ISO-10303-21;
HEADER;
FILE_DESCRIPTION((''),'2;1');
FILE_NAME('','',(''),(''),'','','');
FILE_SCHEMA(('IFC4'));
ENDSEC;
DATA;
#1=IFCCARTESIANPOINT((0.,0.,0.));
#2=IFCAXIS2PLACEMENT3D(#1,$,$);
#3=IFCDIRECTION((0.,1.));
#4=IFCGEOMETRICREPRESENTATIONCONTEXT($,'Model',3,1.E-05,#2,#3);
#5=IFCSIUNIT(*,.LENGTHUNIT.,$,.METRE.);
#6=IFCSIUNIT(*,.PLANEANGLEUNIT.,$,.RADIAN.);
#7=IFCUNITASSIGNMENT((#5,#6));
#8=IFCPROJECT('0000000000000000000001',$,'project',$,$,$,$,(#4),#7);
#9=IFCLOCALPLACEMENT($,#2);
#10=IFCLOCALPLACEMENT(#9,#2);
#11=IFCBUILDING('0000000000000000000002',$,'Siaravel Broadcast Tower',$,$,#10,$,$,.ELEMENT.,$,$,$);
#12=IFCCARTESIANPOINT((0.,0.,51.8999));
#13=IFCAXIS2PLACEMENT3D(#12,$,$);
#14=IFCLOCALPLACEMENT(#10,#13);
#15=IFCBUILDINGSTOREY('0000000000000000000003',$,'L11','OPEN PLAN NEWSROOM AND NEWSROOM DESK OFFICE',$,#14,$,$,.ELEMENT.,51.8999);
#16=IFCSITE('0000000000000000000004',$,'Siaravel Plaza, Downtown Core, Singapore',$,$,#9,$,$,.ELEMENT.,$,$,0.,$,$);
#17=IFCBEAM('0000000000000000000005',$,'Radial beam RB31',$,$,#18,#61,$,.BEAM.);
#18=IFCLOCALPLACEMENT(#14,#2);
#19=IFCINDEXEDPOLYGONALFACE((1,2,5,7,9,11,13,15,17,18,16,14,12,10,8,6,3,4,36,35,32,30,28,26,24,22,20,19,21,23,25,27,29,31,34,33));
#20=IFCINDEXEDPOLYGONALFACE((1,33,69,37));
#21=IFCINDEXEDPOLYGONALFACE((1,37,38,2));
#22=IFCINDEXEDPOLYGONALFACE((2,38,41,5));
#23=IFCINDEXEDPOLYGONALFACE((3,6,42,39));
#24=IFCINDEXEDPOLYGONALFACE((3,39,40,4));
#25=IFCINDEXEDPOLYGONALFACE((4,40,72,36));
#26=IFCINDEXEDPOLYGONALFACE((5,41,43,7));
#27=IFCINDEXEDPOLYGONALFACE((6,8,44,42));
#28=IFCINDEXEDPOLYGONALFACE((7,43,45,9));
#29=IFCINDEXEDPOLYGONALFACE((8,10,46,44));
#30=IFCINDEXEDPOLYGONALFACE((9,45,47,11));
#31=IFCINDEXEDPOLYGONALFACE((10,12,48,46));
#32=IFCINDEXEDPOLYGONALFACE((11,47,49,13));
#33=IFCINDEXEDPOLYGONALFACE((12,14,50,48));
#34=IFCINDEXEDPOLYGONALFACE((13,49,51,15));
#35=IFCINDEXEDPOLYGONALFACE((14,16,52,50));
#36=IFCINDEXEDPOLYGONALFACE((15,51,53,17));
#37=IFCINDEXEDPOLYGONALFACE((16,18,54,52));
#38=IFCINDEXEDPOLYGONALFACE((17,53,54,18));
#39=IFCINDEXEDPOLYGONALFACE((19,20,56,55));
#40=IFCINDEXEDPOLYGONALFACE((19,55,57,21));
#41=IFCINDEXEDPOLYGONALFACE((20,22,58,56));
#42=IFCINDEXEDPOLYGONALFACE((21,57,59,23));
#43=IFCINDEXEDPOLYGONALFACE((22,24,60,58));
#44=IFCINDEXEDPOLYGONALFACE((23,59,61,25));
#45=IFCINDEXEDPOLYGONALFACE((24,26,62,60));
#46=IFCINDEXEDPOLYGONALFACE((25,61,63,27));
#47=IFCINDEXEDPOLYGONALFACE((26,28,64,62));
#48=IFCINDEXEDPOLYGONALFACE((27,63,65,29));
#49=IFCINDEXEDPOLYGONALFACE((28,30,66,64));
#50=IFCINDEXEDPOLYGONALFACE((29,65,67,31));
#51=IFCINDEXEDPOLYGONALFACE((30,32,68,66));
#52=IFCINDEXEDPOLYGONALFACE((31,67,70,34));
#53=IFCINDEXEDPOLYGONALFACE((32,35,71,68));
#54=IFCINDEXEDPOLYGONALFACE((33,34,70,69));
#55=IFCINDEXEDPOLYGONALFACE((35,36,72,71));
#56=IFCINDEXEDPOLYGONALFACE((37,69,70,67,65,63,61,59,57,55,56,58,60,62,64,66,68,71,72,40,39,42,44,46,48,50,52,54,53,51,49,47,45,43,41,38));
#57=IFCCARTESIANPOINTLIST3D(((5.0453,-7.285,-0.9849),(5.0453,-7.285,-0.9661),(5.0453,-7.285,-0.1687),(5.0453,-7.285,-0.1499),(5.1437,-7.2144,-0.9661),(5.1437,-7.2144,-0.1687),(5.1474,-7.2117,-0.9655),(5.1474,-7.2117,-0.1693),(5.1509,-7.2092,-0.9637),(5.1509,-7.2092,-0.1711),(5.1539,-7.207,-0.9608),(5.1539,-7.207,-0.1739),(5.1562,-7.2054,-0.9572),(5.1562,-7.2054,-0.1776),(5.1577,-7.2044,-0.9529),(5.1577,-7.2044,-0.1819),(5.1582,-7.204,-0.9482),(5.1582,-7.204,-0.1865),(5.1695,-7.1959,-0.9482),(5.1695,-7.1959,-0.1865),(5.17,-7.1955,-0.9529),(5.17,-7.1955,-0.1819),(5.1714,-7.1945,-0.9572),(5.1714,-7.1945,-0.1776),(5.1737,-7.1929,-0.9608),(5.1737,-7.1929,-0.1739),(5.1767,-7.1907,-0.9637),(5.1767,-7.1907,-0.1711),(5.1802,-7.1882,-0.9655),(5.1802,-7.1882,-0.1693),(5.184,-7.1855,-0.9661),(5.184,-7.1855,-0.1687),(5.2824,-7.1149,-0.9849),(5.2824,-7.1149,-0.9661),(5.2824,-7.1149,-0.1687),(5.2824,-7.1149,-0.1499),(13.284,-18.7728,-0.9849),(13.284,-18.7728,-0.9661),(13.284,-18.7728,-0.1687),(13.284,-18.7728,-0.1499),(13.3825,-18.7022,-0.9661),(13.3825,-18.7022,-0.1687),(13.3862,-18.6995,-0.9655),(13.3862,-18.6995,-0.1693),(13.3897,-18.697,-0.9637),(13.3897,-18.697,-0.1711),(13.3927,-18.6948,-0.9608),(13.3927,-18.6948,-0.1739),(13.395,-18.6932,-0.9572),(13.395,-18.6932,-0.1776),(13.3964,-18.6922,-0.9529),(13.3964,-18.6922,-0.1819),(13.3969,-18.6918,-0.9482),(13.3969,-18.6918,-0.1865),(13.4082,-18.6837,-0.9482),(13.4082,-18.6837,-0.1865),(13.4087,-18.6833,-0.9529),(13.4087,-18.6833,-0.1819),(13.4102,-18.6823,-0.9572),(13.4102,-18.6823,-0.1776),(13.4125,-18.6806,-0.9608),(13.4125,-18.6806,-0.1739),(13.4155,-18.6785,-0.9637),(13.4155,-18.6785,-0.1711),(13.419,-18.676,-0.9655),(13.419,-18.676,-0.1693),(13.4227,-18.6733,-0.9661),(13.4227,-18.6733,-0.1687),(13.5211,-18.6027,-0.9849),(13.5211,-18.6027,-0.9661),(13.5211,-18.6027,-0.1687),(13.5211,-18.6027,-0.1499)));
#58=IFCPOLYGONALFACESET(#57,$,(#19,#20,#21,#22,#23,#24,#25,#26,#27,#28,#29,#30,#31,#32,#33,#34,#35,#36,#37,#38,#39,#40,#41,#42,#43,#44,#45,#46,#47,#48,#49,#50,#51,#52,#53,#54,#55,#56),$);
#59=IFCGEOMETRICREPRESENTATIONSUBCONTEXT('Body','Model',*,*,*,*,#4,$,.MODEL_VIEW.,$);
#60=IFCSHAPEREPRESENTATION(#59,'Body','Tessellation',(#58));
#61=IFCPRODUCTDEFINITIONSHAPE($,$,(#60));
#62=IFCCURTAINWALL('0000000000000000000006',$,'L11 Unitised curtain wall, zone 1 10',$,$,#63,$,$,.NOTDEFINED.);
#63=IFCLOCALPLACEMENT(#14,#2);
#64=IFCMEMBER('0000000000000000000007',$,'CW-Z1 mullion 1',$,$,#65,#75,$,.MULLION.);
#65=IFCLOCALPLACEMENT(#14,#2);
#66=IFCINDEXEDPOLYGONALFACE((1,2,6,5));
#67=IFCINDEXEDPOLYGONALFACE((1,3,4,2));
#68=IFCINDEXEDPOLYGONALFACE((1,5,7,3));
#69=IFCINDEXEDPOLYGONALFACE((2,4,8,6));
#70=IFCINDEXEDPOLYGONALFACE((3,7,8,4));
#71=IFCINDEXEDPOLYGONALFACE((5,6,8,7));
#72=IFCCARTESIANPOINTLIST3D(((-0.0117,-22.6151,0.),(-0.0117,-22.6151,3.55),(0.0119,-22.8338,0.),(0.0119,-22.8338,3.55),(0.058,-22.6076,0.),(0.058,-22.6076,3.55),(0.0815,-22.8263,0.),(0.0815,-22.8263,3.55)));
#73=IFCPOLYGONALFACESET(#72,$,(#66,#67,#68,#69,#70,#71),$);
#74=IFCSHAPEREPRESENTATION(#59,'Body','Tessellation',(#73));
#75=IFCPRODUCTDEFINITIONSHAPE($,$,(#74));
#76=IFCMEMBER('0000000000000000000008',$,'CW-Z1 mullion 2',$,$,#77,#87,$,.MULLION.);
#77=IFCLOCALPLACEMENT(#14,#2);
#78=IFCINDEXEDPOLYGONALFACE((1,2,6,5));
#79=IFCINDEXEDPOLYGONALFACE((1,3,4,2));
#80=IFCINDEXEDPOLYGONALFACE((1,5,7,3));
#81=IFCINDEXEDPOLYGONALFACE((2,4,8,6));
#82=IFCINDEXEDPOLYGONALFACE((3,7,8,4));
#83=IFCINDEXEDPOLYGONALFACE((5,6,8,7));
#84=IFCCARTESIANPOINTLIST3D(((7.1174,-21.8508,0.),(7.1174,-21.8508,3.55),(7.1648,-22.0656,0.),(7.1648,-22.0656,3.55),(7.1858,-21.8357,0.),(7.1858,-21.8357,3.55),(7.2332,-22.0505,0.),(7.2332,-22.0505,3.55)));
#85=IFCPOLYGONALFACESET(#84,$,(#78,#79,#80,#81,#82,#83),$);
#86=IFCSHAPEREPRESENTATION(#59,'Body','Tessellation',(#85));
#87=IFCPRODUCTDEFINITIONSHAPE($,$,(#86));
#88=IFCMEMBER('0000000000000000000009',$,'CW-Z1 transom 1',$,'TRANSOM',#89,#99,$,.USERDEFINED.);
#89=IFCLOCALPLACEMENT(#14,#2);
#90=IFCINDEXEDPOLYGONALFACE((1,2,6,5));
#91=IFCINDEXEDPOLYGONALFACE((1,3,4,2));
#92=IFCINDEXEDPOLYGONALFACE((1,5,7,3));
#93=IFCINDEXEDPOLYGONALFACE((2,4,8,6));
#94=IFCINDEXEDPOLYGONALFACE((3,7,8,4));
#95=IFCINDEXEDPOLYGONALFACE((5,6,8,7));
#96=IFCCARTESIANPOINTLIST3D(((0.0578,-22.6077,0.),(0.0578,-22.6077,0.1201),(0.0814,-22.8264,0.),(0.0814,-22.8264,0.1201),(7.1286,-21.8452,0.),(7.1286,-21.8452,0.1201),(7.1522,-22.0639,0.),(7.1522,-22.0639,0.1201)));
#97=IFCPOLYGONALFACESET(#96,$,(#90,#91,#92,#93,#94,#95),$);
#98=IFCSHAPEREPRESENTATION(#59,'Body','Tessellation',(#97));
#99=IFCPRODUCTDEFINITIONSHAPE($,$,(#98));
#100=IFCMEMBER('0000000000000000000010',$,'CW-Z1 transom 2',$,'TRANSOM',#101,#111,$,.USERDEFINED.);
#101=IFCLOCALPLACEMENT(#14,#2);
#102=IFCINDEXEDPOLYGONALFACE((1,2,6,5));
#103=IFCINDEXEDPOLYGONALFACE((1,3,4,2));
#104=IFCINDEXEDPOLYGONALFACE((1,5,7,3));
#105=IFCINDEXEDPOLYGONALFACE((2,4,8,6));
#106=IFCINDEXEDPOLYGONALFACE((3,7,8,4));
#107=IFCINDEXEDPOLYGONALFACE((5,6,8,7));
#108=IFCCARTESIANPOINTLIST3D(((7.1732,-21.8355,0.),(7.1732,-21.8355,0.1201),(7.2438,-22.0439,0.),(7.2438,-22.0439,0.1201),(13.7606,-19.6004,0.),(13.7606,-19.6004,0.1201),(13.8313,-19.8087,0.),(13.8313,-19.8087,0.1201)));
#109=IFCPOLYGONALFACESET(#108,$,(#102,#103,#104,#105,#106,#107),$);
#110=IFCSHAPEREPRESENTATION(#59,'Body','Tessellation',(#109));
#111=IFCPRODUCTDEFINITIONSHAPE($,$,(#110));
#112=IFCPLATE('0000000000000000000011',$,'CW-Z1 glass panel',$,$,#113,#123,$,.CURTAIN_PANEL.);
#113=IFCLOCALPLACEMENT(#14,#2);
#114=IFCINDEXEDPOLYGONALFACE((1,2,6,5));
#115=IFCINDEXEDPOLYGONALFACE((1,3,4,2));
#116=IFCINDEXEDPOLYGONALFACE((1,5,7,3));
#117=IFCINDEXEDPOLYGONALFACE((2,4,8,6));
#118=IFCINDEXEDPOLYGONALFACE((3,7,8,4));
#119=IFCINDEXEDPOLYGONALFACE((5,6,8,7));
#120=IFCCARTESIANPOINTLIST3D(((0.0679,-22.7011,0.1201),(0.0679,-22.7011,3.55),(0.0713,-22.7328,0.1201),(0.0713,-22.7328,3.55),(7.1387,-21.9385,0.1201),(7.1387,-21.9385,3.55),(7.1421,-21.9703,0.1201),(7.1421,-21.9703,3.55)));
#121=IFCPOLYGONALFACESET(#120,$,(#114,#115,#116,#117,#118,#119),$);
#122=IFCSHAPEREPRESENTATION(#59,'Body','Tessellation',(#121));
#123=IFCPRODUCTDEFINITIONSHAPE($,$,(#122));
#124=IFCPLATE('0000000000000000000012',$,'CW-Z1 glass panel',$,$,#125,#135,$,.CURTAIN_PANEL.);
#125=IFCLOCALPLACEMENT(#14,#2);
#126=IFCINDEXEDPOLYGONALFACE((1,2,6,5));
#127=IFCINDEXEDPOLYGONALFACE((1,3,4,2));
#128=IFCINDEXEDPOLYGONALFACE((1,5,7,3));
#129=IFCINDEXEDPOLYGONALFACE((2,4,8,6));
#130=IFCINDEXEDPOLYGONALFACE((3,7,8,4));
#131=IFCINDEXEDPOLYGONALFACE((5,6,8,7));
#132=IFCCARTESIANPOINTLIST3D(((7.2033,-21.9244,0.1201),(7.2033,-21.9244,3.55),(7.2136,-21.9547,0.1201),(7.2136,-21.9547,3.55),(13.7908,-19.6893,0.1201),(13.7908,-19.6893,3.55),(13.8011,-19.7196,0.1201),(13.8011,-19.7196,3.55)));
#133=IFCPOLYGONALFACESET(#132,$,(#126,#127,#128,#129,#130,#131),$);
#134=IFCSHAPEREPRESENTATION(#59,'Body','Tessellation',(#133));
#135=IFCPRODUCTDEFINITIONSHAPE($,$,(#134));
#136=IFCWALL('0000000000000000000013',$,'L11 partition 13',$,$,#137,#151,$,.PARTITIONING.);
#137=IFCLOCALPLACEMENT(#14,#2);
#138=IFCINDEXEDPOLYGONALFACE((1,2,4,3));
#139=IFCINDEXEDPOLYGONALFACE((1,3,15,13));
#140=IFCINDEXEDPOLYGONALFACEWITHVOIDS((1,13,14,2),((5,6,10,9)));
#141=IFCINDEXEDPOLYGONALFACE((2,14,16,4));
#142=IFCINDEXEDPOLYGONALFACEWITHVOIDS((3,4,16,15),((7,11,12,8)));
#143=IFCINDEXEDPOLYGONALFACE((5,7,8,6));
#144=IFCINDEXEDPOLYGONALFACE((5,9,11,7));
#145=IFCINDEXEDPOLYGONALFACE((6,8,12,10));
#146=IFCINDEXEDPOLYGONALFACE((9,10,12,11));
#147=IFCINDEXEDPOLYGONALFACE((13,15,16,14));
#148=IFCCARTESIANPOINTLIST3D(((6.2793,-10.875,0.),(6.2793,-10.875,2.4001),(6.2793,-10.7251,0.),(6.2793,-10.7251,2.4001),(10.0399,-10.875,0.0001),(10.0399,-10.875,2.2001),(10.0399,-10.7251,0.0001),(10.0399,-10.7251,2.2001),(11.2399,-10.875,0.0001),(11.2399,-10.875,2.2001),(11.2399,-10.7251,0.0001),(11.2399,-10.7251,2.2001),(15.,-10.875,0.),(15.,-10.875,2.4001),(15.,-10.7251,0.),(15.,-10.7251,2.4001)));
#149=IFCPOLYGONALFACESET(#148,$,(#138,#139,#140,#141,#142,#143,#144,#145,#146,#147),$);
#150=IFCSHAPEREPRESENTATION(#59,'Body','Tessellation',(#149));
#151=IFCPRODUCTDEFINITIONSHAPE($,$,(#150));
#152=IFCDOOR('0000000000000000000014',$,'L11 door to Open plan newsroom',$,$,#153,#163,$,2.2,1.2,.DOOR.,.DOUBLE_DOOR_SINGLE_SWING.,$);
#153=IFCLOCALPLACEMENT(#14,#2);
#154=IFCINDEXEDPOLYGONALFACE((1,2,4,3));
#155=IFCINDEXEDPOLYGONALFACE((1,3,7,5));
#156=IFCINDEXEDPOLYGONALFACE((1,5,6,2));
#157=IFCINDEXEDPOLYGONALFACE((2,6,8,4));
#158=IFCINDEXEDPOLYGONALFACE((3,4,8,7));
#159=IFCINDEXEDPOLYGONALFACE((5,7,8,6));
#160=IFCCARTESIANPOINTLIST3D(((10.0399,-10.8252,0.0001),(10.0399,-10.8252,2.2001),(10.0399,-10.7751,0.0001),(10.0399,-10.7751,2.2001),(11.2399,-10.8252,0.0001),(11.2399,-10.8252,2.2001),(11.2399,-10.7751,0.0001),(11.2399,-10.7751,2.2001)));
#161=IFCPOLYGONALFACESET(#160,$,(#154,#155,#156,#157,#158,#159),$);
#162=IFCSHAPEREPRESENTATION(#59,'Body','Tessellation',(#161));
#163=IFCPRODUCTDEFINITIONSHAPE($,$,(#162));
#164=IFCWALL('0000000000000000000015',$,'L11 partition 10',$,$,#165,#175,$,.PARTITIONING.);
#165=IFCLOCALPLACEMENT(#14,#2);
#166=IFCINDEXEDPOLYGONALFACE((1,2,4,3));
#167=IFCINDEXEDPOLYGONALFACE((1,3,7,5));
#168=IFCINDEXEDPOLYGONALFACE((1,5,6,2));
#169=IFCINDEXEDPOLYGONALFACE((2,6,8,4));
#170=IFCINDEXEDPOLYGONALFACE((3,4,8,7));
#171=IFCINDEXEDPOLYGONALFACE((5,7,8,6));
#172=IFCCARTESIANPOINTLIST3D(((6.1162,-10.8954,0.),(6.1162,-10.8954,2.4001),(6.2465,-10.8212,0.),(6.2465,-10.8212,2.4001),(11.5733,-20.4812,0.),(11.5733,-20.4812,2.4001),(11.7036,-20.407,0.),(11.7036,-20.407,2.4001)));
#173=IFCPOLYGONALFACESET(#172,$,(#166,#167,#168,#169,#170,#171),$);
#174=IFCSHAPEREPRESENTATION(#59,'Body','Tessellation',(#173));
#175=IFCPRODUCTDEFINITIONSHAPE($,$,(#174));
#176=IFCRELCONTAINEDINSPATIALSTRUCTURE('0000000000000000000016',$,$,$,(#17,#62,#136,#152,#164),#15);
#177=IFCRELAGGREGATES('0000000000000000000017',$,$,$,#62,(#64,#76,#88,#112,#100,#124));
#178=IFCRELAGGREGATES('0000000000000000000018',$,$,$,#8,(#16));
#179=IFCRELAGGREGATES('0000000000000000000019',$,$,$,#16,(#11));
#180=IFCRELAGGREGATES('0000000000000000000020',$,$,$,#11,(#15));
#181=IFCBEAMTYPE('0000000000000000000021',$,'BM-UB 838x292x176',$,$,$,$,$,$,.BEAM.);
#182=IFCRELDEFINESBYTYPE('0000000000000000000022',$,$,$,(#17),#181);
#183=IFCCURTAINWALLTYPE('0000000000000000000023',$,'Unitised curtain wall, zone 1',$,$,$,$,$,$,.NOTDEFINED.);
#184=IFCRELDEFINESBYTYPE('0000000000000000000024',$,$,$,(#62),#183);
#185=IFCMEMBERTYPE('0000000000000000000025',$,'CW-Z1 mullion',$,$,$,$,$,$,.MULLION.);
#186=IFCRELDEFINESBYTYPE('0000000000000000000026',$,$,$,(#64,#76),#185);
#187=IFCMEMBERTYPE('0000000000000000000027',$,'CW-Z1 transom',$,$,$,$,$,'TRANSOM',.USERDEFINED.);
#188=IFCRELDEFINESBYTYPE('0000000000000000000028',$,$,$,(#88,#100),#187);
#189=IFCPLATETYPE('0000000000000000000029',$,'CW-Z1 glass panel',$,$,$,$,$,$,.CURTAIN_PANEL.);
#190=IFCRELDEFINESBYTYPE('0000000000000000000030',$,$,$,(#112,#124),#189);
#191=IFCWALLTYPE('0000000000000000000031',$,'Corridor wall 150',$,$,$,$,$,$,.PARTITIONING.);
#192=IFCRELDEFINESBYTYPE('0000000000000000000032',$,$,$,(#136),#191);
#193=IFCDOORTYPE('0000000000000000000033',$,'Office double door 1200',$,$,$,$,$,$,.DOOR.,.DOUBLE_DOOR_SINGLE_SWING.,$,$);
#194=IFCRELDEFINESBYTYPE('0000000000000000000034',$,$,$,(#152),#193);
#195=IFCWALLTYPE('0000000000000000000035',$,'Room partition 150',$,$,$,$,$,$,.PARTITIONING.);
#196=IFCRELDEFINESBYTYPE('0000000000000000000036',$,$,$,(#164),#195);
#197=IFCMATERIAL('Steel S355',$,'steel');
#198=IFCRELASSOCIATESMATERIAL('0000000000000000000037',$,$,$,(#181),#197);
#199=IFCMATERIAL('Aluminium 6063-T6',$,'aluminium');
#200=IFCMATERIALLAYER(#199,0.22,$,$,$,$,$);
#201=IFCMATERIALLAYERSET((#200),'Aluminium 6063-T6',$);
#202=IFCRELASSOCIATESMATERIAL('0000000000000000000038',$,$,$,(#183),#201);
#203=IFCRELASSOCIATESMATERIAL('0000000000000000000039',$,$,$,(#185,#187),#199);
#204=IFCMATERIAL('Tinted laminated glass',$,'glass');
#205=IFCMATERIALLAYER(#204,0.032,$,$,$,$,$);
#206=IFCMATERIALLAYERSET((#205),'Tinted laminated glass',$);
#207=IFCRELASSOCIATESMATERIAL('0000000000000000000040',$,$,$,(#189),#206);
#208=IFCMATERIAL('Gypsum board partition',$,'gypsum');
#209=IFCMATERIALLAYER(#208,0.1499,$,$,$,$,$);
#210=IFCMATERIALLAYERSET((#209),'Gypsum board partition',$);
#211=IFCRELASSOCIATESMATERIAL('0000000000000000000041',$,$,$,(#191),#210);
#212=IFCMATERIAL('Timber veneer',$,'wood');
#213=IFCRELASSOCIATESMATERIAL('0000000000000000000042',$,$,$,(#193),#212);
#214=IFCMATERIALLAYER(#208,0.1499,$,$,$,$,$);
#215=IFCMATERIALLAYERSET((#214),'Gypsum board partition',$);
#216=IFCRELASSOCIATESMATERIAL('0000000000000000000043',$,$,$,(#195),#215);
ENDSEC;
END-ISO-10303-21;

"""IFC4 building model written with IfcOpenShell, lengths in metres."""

from ifc_helpers import new_model, si_unit, direction, frame, frame_2d, origin, origin_2d, place, context, subcontext, project, spatial, rectangle, i_section, extrude, material, layer, layer_set, material_profile, profile_set, type_object, element, fill, aggregate, save


model = new_model("IFC4")

# Units and contexts
model_context = context("Model", 3, precision=1e-05, world=origin(), true_north=direction((0.0, 1.0)))
body_context = subcontext(model_context, "Body", "Model", "MODEL_VIEW")
ifc_project = project(units=[si_unit("LENGTHUNIT", "METRE"), si_unit("PLANEANGLEUNIT", "RADIAN")], contexts=[model_context])

# Site, building, storey
site_placement = place(None, origin())
site = spatial("IfcSite", under=ifc_project, at=site_placement, Name="Siaravel Plaza, Downtown Core, Singapore", CompositionType="ELEMENT", RefElevation=0.0)
building_placement = place(site_placement, origin())
building = spatial("IfcBuilding", under=site, at=building_placement, Name="Siaravel Broadcast Tower", CompositionType="ELEMENT")
storey_placement = place(building_placement, frame((0.0, 0.0, 51.8999)))
storey = spatial("IfcBuildingStorey", under=building, at=storey_placement, Name="L11", Description="OPEN PLAN NEWSROOM AND NEWSROOM DESK OFFICE", CompositionType="ELEMENT", Elevation=51.8999)

# Beam
ifc_material_1 = material(Name="Steel S355", Category="steel")
ifc_material_profile_1 = material_profile(ifc_material_1, i_section(OverallWidth=0.2917, OverallDepth=0.835, WebThickness=0.0139, FlangeThickness=0.0188, FilletRadius=0.0178, at=origin_2d()))
ifc_profile_set_1 = profile_set([ifc_material_profile_1], Name="Steel S355")
beam_type = type_object("IfcBeamType", Name="BM-UB 838x292x176", PredefinedType="BEAM", material=ifc_profile_set_1)
beam_1_placement = place(storey_placement, frame((13.4026, -18.6877, -0.5674), z_axis=(-0.582792, 0.812621, 0.0), x_axis=(-0.812621, -0.582792, 0.0)))
element("IfcBeam", 1, at=beam_1_placement, inside=storey, type_object=beam_type, Name="Radial beam RB31", PredefinedType="BEAM", context=body_context, shape_type="SweptSolid", body=[
    extrude(i_section(OverallWidth=0.2917, OverallDepth=0.835, WebThickness=0.0139, FlangeThickness=0.0188, FilletRadius=0.0178, at=origin_2d()), origin(), (0.0, 0.0, 1.0), 14.1367),
])

# Curtain wall, members, plates
ifc_material_2 = material(Name="Aluminium 6063-T6", Category="aluminium")
ifc_layer_1 = layer(ifc_material_2, 0.22)
ifc_layer_set_1 = layer_set([ifc_layer_1], Name="Aluminium 6063-T6")
curtain_wall_type = type_object("IfcCurtainWallType", Name="Unitised curtain wall, zone 1", PredefinedType="NOTDEFINED", material=ifc_layer_set_1)
curtain_wall_placement = place(storey_placement, origin())
curtain_wall = element("IfcCurtainWall", 2, at=curtain_wall_placement, inside=storey, type_object=curtain_wall_type, Name="L11 Unitised curtain wall, zone 1 10", PredefinedType="NOTDEFINED")
ifc_material_profile_2 = material_profile(ifc_material_2, rectangle(XDim=0.22, YDim=0.0701, at=origin_2d()))
ifc_profile_set_2 = profile_set([ifc_material_profile_2], Name="Aluminium 6063-T6")
member_type_1 = type_object("IfcMemberType", Name="CW-Z1 mullion", PredefinedType="MULLION", material=ifc_profile_set_2)
member_1_placement = place(storey_placement, frame((0.0349, -22.7207, 0.0), z_axis=(0.0, 0.0, 1.0), x_axis=(-0.107218, 0.994236, 0.0)))
member_1 = element("IfcMember", 3, at=member_1_placement, type_object=member_type_1, Name="CW-Z1 mullion 1", PredefinedType="MULLION", context=body_context, shape_type="SweptSolid", body=[
    extrude(rectangle(XDim=0.22, YDim=0.0701, at=origin_2d()), origin(), (0.0, 0.0, 1.0), 3.55),
])
member_2_placement = place(storey_placement, frame((7.1753, -21.9507, 0.0), z_axis=(0.0, 0.0, 1.0), x_axis=(-0.215558, 0.976491, 0.0)))
member_2 = element("IfcMember", 4, at=member_2_placement, type_object=member_type_1, Name="CW-Z1 mullion 2", PredefinedType="MULLION", context=body_context, shape_type="SweptSolid", body=[
    extrude(rectangle(XDim=0.22, YDim=0.0701, at=origin_2d()), origin(), (0.0, 0.0, 1.0), 3.55),
])
ifc_material_profile_3 = material_profile(ifc_material_2, rectangle(XDim=0.22, YDim=0.1201, at=origin_2d()))
ifc_profile_set_3 = profile_set([ifc_material_profile_3], Name="Aluminium 6063-T6")
member_type_2 = type_object("IfcMemberType", Name="CW-Z1 transom", ElementType="TRANSOM", PredefinedType="USERDEFINED", material=ifc_profile_set_3)
member_3_placement = place(storey_placement, frame((0.0696, -22.717, 0.0601), z_axis=(0.994236, 0.107209, 0.0), x_axis=(-0.107209, 0.994236, 0.0)))
member_3 = element("IfcMember", 5, at=member_3_placement, type_object=member_type_2, Name="CW-Z1 transom 1", ObjectType="TRANSOM", PredefinedType="USERDEFINED", context=body_context, shape_type="SweptSolid", body=[
    extrude(rectangle(XDim=0.22, YDim=0.1201, at=origin_2d()), origin(), (0.0, 0.0, 1.0), 7.1118),
])
member_4_placement = place(storey_placement, frame((7.2085, -21.9397, 0.0601), z_axis=(0.946975, 0.321309, 0.0), x_axis=(-0.321309, 0.946975, 0.0)))
member_4 = element("IfcMember", 6, at=member_4_placement, type_object=member_type_2, Name="CW-Z1 transom 2", ObjectType="TRANSOM", PredefinedType="USERDEFINED", context=body_context, shape_type="SweptSolid", body=[
    extrude(rectangle(XDim=0.22, YDim=0.1201, at=origin_2d()), origin(), (0.0, 0.0, 1.0), 6.9563),
])
ifc_material_3 = material(Name="Tinted laminated glass", Category="glass")
ifc_layer_2 = layer(ifc_material_3, 0.032)
ifc_layer_set_2 = layer_set([ifc_layer_2], Name="Tinted laminated glass")
plate_type = type_object("IfcPlateType", Name="CW-Z1 glass panel", PredefinedType="CURTAIN_PANEL", material=ifc_layer_set_2)
plate_1_placement = place(storey_placement, frame((3.605, -22.3357, 0.1201), z_axis=(0.0, 0.0, 1.0), x_axis=(0.994236, 0.107218, 0.0)))
plate_1 = element("IfcPlate", 7, at=plate_1_placement, type_object=plate_type, Name="CW-Z1 glass panel", PredefinedType="CURTAIN_PANEL", context=body_context, shape_type="SweptSolid", body=[
    extrude(rectangle(XDim=7.1118, YDim=0.032, at=origin_2d()), origin(), (0.0, 0.0, 1.0), 3.4299),
])
plate_2_placement = place(storey_placement, frame((10.5022, -20.822, 0.1201), z_axis=(0.0, 0.0, 1.0), x_axis=(0.946977, 0.321301, 0.0)))
plate_2 = element("IfcPlate", 8, at=plate_2_placement, type_object=plate_type, Name="CW-Z1 glass panel", PredefinedType="CURTAIN_PANEL", context=body_context, shape_type="SweptSolid", body=[
    extrude(rectangle(XDim=6.9563, YDim=0.032, at=origin_2d()), origin(), (0.0, 0.0, 1.0), 3.4299),
])
aggregate(curtain_wall, [member_1, member_2, member_3, plate_1, member_4, plate_2])

# Wall, opening, door
ifc_material_4 = material(Name="Gypsum board partition", Category="gypsum")
ifc_layer_3 = layer(ifc_material_4, 0.1499)
ifc_layer_set_3 = layer_set([ifc_layer_3], Name="Gypsum board partition")
wall_type_1 = type_object("IfcWallType", Name="Corridor wall 150", PredefinedType="PARTITIONING", material=ifc_layer_set_3)
wall_1_placement = place(storey_placement, frame((6.2793, -10.8, 0.0), z_axis=(0.0, 0.0, 1.0), x_axis=(1.0, 0.0, 0.0)))
wall_1 = element("IfcWall", 9, at=wall_1_placement, inside=storey, type_object=wall_type_1, Name="L11 partition 13", PredefinedType="PARTITIONING", context=body_context, shape_type="SweptSolid", body=[
    extrude(rectangle(XDim=8.7207, YDim=0.1499, at=frame_2d((4.3604, 0.0))), origin(), (0.0, 0.0, 1.0), 2.4001),
])
opening_placement = place(wall_1_placement, frame((3.7605, 0.0, 0.0)))
opening = element("IfcOpeningElement", 10, at=opening_placement, cuts=wall_1, PredefinedType="OPENING", context=body_context, shape_type="SweptSolid", body=[
    extrude(rectangle(XDim=1.2, YDim=2.2, at=frame_2d((0.6001, 1.1001))), frame((0.0, 0.085, 0.0), z_axis=(0.0, -1.0, 0.0), x_axis=(1.0, 0.0, 0.0)), (0.0, 0.0, 1.0), 0.1699),
])
ifc_material_5 = material(Name="Timber veneer", Category="wood")
door_type = type_object("IfcDoorType", Name="Office double door 1200", OperationType="DOUBLE_DOOR_SINGLE_SWING", PredefinedType="DOOR", material=ifc_material_5)
door_placement = place(opening_placement, origin())
door = element("IfcDoor", 11, at=door_placement, inside=storey, type_object=door_type, Name="L11 door to Open plan newsroom", OperationType="DOUBLE_DOOR_SINGLE_SWING", OverallHeight=2.2, OverallWidth=1.2, PredefinedType="DOOR", context=body_context, shape_type="SweptSolid", body=[
    extrude(rectangle(XDim=1.2, YDim=2.2, at=frame_2d((0.6001, 1.1001))), frame((0.0, 0.0249, 0.0), z_axis=(0.0, -1.0, 0.0), x_axis=(1.0, 0.0, 0.0)), (0.0, 0.0, 1.0), 0.05),
])
fill(opening, door)

# Wall
ifc_layer_4 = layer(ifc_material_4, 0.1499)
ifc_layer_set_4 = layer_set([ifc_layer_4], Name="Gypsum board partition")
wall_type_2 = type_object("IfcWallType", Name="Room partition 150", PredefinedType="PARTITIONING", material=ifc_layer_set_4)
wall_2_placement = place(storey_placement, frame((11.6384, -20.4441, 0.0), z_axis=(0.0, 0.0, 1.0), x_axis=(-0.494737, 0.869043, 0.0)))
element("IfcWall", 12, at=wall_2_placement, inside=storey, type_object=wall_type_2, Name="L11 partition 10", PredefinedType="PARTITIONING", context=body_context, shape_type="SweptSolid", body=[
    extrude(rectangle(XDim=11.0303, YDim=0.1499, at=frame_2d((5.5151, 0.0))), origin(), (0.0, 0.0, 1.0), 2.4001),
])

save(model, "model.ifc")
